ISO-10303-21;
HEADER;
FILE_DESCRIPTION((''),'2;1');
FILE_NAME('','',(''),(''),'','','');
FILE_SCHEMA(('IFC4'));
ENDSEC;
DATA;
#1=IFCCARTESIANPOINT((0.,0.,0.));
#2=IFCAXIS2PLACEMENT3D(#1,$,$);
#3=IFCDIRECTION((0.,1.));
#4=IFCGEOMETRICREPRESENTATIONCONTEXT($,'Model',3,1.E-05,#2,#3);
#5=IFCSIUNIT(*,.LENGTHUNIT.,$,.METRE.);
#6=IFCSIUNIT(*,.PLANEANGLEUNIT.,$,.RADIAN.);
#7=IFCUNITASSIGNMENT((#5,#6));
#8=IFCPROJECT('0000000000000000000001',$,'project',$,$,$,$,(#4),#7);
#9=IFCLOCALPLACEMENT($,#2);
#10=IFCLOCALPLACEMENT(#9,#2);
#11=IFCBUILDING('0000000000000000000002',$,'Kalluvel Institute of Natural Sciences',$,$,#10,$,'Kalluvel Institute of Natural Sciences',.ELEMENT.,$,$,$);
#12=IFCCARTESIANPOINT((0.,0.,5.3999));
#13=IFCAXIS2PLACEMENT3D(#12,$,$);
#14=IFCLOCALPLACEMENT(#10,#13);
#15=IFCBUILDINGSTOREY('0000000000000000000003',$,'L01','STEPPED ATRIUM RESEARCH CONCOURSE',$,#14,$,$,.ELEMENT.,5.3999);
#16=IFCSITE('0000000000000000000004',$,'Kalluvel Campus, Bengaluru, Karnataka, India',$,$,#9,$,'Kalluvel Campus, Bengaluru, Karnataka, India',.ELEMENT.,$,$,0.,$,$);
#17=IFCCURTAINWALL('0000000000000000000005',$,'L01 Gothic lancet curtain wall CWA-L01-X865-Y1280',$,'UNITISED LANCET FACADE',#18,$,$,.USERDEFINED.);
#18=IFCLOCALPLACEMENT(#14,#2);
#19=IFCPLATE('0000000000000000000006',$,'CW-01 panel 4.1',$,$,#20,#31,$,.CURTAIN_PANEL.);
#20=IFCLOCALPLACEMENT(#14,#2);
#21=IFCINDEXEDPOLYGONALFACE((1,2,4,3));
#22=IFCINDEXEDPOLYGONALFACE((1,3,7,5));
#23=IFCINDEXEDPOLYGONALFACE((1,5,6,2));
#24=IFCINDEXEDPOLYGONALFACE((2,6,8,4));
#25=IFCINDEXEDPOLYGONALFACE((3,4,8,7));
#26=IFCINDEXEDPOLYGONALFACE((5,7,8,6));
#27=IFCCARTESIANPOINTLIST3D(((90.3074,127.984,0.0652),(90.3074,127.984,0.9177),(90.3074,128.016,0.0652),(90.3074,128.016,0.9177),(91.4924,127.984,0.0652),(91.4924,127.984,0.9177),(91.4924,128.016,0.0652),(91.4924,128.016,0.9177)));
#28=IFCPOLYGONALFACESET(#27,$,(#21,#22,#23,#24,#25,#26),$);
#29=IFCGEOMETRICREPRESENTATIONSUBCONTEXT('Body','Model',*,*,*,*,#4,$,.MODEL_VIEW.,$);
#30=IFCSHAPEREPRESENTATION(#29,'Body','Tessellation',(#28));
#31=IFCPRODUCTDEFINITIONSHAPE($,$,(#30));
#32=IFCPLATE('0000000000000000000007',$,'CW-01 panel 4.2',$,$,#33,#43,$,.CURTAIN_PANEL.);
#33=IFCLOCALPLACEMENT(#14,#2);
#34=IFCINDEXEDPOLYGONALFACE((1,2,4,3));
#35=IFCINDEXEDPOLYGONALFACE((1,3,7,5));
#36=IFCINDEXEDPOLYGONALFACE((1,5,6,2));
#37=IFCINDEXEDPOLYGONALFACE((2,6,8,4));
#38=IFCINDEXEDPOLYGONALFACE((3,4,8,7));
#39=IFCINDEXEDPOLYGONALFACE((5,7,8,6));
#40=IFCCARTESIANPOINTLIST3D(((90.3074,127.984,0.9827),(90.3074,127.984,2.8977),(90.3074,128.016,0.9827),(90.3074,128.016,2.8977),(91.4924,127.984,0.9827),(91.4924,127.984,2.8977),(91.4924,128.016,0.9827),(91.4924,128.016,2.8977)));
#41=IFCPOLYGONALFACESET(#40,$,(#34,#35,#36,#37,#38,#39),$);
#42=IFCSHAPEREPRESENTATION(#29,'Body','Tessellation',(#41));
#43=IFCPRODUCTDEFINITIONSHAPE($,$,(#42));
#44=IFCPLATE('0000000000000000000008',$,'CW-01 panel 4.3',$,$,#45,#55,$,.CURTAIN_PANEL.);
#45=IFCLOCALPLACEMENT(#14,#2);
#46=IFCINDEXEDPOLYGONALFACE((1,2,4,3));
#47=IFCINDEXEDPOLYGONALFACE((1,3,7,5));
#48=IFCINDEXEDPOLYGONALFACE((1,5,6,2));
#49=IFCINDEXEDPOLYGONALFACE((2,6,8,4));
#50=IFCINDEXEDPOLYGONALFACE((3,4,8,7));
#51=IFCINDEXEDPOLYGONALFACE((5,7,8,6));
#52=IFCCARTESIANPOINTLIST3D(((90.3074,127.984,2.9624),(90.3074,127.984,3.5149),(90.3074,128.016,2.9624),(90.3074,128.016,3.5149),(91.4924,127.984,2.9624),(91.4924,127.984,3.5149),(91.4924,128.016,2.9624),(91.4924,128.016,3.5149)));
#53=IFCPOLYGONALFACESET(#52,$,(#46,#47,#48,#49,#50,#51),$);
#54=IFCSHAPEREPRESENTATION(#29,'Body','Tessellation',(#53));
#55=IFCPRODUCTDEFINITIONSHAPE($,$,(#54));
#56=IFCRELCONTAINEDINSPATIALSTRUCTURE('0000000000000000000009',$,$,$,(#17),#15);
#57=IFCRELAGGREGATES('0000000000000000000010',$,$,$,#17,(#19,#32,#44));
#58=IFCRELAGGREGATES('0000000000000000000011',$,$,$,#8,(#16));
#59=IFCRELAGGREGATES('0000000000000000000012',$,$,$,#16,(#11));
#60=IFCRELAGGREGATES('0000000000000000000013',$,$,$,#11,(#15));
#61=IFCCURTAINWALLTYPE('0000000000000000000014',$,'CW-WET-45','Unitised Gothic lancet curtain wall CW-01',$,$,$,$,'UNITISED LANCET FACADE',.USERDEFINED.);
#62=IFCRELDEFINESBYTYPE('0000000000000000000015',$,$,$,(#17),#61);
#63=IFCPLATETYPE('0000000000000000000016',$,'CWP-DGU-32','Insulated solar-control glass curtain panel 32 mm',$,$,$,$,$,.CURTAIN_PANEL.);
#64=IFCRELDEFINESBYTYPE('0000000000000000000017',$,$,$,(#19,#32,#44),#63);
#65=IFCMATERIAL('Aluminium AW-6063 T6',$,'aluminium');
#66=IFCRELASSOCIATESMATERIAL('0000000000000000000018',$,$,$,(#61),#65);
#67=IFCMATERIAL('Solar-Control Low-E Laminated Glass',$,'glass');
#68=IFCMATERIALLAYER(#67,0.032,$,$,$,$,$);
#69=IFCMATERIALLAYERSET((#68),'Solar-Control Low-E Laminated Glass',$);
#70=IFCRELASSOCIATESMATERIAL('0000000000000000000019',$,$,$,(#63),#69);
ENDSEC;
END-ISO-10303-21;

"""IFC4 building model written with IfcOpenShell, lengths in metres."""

from ifc_helpers import new_model, si_unit, direction, frame, origin, origin_2d, place, context, subcontext, project, spatial, rectangle, extrude, material, layer, layer_set, type_object, element, aggregate, save


model = new_model("IFC4")

# Units and contexts
model_context = context("Model", 3, precision=1e-05, world=origin(), true_north=direction((0.0, 1.0)))
body_context = subcontext(model_context, "Body", "Model", "MODEL_VIEW")
ifc_project = project(units=[si_unit("LENGTHUNIT", "METRE"), si_unit("PLANEANGLEUNIT", "RADIAN")], contexts=[model_context])

# Site, building, storey
site_placement = place(None, origin())
site = spatial("IfcSite", under=ifc_project, at=site_placement, Name="Kalluvel Campus, Bengaluru, Karnataka, India", LongName="Kalluvel Campus, Bengaluru, Karnataka, India", CompositionType="ELEMENT", RefElevation=0.0)
building_placement = place(site_placement, origin())
building = spatial("IfcBuilding", under=site, at=building_placement, Name="Kalluvel Institute of Natural Sciences", LongName="Kalluvel Institute of Natural Sciences", CompositionType="ELEMENT")
storey_placement = place(building_placement, frame((0.0, 0.0, 5.3999)))
storey = spatial("IfcBuildingStorey", under=building, at=storey_placement, Name="L01", Description="STEPPED ATRIUM RESEARCH CONCOURSE", CompositionType="ELEMENT", Elevation=5.3999)

# Curtain wall, plates
ifc_material_1 = material(Name="Aluminium AW-6063 T6", Category="aluminium")
curtain_wall_type = type_object("IfcCurtainWallType", Name="CW-WET-45", Description="Unitised Gothic lancet curtain wall CW-01", ElementType="UNITISED LANCET FACADE", PredefinedType="USERDEFINED", material=ifc_material_1)
curtain_wall_placement = place(storey_placement, origin())
curtain_wall = element("IfcCurtainWall", 1, at=curtain_wall_placement, inside=storey, type_object=curtain_wall_type, Name="L01 Gothic lancet curtain wall CWA-L01-X865-Y1280", ObjectType="UNITISED LANCET FACADE", PredefinedType="USERDEFINED")
ifc_material_2 = material(Name="Solar-Control Low-E Laminated Glass", Category="glass")
ifc_layer = layer(ifc_material_2, 0.032)
ifc_layer_set = layer_set([ifc_layer], Name="Solar-Control Low-E Laminated Glass")
plate_type = type_object("IfcPlateType", Name="CWP-DGU-32", Description="Insulated solar-control glass curtain panel 32 mm", PredefinedType="CURTAIN_PANEL", material=ifc_layer_set)
plate_1_placement = place(storey_placement, frame((90.8999, 128.0, 0.0652), z_axis=(0.0, 0.0, 1.0), x_axis=(1.0, 0.0, 0.0)))
plate_1 = element("IfcPlate", 2, at=plate_1_placement, type_object=plate_type, Name="CW-01 panel 4.1", PredefinedType="CURTAIN_PANEL", context=body_context, shape_type="SweptSolid", body=[
    extrude(rectangle(XDim=1.1851, YDim=0.032, at=origin_2d()), origin(), (0.0, 0.0, 1.0), 0.8525),
])
plate_2_placement = place(storey_placement, frame((90.8999, 128.0, 0.9827), z_axis=(0.0, 0.0, 1.0), x_axis=(1.0, 0.0, 0.0)))
plate_2 = element("IfcPlate", 3, at=plate_2_placement, type_object=plate_type, Name="CW-01 panel 4.2", PredefinedType="CURTAIN_PANEL", context=body_context, shape_type="SweptSolid", body=[
    extrude(rectangle(XDim=1.1851, YDim=0.032, at=origin_2d()), origin(), (0.0, 0.0, 1.0), 1.915),
])
plate_3_placement = place(storey_placement, frame((90.8999, 128.0, 2.9624), z_axis=(0.0, 0.0, 1.0), x_axis=(1.0, 0.0, 0.0)))
plate_3 = element("IfcPlate", 4, at=plate_3_placement, type_object=plate_type, Name="CW-01 panel 4.3", PredefinedType="CURTAIN_PANEL", context=body_context, shape_type="SweptSolid", body=[
    extrude(rectangle(XDim=1.1851, YDim=0.032, at=origin_2d()), origin(), (0.0, 0.0, 1.0), 0.5525),
])
aggregate(curtain_wall, [plate_1, plate_2, plate_3])

save(model, "model.ifc")
